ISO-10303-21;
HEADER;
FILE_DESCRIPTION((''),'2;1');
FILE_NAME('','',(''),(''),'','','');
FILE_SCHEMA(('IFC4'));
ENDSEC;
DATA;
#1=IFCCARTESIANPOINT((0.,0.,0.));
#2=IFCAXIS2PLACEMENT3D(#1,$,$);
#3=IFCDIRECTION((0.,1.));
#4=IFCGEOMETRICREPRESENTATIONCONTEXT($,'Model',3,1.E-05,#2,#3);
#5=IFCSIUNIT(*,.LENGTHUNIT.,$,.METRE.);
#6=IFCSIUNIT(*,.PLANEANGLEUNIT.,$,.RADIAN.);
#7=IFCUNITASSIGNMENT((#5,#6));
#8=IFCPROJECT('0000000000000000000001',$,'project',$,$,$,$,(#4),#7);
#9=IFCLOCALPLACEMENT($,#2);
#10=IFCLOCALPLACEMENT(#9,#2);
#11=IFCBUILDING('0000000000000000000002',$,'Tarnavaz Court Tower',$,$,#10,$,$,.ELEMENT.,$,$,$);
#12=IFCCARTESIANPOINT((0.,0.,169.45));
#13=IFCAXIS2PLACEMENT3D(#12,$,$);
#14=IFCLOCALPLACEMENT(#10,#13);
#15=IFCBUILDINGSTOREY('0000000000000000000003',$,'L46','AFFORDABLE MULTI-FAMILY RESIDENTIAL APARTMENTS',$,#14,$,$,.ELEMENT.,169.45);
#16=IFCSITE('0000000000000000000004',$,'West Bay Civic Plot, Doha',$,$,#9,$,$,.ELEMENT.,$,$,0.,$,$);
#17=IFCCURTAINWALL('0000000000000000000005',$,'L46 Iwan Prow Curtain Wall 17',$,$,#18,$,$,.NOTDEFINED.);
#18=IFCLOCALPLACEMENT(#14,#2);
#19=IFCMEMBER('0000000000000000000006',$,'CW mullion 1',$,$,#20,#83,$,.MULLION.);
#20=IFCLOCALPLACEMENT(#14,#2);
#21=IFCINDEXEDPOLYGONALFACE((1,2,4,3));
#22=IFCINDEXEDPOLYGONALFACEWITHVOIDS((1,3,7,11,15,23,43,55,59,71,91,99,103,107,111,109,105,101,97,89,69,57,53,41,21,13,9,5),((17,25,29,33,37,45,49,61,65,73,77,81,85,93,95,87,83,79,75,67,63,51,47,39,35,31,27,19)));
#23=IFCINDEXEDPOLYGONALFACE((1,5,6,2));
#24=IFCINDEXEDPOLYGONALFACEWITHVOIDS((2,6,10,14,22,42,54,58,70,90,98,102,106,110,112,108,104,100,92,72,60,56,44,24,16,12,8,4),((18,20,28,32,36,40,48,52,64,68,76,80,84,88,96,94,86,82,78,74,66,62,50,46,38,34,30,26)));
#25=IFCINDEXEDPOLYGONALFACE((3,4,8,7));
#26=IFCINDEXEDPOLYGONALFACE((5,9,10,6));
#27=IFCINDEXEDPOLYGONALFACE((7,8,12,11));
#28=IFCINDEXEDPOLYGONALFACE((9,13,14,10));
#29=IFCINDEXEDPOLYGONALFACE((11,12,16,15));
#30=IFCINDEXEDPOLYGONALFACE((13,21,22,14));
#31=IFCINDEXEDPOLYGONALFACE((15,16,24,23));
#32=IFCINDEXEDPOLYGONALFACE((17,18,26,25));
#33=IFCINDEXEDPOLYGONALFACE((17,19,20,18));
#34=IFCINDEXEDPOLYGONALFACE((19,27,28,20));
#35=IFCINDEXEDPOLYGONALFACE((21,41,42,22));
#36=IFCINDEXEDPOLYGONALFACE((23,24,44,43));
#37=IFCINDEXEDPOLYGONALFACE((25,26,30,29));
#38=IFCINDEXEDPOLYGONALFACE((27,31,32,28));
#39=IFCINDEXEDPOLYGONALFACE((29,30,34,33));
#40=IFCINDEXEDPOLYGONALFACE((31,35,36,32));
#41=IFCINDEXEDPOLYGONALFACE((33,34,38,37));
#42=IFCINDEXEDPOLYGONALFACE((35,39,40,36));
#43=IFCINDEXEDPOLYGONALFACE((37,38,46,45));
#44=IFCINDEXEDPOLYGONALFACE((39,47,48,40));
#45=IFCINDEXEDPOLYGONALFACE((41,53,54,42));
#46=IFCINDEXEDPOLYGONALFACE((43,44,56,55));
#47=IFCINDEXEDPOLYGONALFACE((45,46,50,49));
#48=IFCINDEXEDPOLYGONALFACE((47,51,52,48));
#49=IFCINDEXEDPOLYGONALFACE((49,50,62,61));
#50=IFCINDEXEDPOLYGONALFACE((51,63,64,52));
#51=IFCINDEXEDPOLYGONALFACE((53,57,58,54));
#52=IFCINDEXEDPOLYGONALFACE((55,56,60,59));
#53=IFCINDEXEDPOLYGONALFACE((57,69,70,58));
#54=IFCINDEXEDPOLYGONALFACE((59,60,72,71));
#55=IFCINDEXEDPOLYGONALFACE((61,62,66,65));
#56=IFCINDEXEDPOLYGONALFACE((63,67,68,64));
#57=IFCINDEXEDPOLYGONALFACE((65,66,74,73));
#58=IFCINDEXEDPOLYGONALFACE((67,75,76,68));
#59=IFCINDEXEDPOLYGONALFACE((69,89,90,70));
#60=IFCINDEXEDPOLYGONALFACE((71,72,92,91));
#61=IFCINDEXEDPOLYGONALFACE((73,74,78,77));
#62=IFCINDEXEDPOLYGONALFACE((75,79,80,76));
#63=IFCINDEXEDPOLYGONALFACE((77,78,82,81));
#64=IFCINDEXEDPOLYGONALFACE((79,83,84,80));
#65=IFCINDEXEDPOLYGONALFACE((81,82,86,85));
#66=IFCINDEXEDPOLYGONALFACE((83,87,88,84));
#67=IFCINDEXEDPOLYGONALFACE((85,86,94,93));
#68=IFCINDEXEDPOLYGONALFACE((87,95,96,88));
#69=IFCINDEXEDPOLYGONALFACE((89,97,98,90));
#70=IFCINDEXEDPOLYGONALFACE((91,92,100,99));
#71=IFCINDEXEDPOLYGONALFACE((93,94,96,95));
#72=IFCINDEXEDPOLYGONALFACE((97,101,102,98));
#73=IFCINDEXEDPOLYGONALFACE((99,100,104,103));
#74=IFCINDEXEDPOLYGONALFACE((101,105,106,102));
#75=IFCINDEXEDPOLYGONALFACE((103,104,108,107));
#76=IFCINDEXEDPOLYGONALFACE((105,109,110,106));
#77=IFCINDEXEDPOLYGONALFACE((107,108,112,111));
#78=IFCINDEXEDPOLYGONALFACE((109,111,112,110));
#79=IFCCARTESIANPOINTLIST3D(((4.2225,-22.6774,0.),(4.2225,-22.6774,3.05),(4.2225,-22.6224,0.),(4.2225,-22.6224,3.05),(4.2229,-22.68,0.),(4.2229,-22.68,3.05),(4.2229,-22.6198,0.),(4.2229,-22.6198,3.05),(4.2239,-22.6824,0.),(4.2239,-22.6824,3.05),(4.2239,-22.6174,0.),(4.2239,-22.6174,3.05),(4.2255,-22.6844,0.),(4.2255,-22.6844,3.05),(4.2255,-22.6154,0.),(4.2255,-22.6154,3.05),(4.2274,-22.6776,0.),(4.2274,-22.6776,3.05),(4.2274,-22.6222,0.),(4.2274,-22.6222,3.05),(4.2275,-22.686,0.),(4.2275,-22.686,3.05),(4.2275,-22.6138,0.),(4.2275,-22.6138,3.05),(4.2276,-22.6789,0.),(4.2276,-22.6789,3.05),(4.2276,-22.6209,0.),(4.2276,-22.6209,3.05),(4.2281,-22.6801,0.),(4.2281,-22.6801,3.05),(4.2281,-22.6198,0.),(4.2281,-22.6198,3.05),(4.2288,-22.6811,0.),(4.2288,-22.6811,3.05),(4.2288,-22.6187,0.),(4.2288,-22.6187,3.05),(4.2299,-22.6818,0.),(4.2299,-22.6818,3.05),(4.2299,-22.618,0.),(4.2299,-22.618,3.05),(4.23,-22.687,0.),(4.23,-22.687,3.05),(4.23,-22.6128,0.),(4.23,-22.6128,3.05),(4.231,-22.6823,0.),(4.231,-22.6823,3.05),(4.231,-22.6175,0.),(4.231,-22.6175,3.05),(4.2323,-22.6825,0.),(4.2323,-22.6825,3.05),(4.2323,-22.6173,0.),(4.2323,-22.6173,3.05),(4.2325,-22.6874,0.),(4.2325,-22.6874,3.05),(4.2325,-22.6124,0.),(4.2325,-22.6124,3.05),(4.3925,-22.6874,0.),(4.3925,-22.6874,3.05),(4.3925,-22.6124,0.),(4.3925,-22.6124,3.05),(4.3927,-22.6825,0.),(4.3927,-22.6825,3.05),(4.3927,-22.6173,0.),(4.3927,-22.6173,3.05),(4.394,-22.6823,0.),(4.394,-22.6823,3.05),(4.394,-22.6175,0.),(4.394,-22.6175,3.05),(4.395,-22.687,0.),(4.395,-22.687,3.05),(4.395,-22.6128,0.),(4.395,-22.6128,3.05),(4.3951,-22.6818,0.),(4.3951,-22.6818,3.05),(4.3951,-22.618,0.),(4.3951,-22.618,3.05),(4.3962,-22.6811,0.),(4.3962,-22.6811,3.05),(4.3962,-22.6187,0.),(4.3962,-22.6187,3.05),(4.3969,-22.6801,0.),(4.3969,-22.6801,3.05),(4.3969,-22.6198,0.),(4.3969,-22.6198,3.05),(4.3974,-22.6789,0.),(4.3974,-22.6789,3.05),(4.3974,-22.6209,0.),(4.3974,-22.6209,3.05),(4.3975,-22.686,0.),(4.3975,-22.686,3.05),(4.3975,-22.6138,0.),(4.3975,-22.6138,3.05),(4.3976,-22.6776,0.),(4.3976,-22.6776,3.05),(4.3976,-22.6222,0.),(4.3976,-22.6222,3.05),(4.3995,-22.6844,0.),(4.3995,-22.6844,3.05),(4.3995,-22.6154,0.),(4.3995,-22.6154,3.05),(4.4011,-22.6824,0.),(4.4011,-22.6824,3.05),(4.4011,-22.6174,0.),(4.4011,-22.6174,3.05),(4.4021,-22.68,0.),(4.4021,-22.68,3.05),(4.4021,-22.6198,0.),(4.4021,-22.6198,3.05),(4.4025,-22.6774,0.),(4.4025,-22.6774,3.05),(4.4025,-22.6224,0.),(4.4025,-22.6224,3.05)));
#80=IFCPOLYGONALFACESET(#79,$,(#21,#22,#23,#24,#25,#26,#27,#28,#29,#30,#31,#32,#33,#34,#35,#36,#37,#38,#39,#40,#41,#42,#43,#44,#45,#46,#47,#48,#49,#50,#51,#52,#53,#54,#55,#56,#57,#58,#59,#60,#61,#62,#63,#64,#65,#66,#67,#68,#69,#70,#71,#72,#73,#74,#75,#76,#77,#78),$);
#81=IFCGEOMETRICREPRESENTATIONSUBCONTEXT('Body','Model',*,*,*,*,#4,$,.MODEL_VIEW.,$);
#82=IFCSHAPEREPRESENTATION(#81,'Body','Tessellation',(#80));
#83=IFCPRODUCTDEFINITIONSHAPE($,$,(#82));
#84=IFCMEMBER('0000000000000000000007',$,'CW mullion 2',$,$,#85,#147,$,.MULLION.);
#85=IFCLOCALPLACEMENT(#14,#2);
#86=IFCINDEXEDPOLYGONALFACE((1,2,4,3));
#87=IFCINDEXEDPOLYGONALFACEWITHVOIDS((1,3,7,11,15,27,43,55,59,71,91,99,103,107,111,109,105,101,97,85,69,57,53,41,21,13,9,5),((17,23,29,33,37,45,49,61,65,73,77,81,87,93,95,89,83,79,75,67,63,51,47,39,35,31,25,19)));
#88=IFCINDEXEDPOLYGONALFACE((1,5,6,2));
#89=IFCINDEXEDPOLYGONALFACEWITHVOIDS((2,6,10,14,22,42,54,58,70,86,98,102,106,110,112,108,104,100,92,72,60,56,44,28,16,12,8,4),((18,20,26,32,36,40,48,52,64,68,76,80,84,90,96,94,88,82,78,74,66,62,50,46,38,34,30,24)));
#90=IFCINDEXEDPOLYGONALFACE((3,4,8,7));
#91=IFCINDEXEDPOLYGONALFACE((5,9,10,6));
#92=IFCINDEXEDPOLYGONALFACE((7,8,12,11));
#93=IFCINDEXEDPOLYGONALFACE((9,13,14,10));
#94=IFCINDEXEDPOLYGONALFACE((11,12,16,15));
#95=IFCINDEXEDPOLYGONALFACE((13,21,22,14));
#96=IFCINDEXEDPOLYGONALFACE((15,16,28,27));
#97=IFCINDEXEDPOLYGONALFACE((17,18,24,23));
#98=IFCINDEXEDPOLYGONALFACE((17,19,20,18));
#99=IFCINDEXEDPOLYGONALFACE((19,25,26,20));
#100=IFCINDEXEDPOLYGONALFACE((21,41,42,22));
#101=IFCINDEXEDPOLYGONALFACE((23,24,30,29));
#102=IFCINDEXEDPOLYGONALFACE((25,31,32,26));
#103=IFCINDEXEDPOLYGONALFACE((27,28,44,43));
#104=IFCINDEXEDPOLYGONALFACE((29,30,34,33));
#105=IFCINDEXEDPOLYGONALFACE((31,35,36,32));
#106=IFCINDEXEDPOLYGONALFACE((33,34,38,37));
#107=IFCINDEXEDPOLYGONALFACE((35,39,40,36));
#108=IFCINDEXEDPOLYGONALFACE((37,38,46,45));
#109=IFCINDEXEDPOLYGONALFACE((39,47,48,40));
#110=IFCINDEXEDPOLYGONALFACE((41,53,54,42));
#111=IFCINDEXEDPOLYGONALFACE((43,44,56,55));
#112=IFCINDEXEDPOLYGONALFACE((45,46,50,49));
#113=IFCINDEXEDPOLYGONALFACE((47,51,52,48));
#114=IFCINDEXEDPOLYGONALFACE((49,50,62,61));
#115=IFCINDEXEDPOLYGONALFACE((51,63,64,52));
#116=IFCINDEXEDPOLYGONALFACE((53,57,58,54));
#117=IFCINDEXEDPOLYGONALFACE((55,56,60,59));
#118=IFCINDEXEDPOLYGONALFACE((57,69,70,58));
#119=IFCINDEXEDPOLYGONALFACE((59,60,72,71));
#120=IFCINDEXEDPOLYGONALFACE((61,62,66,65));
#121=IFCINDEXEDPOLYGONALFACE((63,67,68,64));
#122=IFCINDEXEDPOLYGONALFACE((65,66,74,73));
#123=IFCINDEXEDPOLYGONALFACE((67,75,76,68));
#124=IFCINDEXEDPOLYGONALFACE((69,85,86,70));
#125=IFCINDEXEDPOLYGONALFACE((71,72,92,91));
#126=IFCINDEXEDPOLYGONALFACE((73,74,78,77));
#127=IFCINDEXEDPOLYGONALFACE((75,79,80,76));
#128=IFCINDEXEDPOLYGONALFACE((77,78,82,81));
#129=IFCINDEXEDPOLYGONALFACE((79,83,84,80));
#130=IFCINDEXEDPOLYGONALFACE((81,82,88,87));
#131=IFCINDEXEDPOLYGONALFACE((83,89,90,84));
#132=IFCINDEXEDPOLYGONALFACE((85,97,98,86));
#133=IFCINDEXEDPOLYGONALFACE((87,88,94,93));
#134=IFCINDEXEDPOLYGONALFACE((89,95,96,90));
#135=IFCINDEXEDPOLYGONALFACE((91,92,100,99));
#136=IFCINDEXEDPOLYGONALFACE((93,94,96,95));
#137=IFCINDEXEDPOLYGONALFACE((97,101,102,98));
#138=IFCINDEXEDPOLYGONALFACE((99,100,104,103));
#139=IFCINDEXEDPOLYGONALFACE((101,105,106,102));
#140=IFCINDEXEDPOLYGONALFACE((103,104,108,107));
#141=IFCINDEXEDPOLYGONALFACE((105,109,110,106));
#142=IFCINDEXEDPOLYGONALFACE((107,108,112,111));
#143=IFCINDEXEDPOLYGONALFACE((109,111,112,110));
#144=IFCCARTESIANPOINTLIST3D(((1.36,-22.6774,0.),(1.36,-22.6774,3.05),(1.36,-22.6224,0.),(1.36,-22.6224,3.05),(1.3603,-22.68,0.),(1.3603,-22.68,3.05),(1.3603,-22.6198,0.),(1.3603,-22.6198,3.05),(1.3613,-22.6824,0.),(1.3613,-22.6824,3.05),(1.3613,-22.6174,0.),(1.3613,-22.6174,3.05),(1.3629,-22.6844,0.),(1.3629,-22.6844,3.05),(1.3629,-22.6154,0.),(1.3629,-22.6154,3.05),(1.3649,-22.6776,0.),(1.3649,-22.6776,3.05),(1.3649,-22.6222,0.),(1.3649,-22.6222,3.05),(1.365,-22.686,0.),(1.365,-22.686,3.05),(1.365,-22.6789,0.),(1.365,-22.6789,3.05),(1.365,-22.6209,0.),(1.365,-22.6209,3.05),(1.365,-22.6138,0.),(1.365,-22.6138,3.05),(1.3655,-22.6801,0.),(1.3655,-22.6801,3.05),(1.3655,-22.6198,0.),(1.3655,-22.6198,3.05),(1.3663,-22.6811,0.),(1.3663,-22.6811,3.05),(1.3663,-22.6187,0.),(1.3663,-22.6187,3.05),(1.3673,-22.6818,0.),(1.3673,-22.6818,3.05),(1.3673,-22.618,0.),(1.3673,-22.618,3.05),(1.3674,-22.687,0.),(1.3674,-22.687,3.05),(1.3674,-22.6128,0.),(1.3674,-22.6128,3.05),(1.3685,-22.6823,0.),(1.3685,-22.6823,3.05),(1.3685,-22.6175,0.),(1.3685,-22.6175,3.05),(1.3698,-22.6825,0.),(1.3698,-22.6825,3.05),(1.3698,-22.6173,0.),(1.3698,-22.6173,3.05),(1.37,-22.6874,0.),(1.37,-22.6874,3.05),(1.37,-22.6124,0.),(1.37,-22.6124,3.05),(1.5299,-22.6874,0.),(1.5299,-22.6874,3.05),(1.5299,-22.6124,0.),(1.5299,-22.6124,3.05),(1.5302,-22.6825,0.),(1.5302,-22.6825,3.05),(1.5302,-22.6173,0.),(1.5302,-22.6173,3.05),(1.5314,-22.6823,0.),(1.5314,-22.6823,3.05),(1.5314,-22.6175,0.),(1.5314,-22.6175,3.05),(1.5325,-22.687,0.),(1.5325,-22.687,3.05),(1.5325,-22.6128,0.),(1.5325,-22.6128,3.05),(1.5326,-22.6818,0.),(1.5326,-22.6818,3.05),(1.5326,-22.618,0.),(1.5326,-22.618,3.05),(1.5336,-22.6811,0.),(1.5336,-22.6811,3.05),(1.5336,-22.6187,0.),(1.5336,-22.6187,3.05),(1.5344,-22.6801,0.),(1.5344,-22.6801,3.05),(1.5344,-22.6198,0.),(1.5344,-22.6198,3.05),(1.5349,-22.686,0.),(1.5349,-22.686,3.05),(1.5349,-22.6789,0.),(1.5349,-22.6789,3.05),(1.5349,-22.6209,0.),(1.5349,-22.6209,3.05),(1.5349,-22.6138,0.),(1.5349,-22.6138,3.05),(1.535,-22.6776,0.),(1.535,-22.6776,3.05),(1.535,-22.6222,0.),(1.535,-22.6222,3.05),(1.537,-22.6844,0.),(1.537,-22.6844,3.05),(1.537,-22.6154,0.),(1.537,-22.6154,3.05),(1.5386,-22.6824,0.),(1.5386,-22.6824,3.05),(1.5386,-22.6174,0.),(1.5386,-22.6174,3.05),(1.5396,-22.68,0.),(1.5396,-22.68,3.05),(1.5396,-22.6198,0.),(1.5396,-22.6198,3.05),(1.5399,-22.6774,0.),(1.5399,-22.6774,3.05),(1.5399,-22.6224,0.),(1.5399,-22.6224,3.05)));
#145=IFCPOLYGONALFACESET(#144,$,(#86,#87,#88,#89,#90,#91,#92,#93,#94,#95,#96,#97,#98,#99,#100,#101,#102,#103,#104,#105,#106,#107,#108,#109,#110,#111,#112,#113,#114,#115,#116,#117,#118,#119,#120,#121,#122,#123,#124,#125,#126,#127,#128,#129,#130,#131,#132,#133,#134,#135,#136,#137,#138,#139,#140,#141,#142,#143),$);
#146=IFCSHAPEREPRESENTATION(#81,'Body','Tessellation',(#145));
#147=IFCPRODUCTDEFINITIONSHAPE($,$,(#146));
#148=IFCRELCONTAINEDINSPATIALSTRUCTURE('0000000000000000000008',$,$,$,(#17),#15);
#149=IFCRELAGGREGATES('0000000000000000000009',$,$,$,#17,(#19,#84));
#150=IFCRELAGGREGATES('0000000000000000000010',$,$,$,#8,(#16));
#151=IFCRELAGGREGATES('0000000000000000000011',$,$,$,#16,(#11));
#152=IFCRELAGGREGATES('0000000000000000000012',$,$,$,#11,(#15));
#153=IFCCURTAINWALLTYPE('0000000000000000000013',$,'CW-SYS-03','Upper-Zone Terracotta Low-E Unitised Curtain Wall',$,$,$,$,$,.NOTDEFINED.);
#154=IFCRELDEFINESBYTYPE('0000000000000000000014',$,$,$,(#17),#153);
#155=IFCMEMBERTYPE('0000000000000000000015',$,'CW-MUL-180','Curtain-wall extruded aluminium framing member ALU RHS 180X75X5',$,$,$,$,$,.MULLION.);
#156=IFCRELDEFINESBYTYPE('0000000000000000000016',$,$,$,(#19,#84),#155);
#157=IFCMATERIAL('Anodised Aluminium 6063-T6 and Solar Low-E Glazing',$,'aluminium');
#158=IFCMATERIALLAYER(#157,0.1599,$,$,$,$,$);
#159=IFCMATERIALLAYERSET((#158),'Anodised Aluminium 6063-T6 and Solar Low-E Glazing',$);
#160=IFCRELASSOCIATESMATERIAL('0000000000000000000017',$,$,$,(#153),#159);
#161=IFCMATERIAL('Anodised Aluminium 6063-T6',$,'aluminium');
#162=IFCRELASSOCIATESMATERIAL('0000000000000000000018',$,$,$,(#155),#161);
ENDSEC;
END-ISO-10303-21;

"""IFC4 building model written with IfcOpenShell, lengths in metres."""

from ifc_helpers import new_model, si_unit, direction, frame, origin, origin_2d, place, context, subcontext, project, spatial, hollow_rectangle, extrude, material, layer, layer_set, material_profile, profile_set, type_object, element, aggregate, save


model = new_model("IFC4")

# Units and contexts
model_context = context("Model", 3, precision=1e-05, world=origin(), true_north=direction((0.0, 1.0)))
body_context = subcontext(model_context, "Body", "Model", "MODEL_VIEW")
ifc_project = project(units=[si_unit("LENGTHUNIT", "METRE"), si_unit("PLANEANGLEUNIT", "RADIAN")], contexts=[model_context])

# Site, building, storey
site_placement = place(None, origin())
site = spatial("IfcSite", under=ifc_project, at=site_placement, Name="West Bay Civic Plot, Doha", CompositionType="ELEMENT", RefElevation=0.0)
building_placement = place(site_placement, origin())
building = spatial("IfcBuilding", under=site, at=building_placement, Name="Tarnavaz Court Tower", CompositionType="ELEMENT")
storey_placement = place(building_placement, frame((0.0, 0.0, 169.45)))
storey = spatial("IfcBuildingStorey", under=building, at=storey_placement, Name="L46", Description="AFFORDABLE MULTI-FAMILY RESIDENTIAL APARTMENTS", CompositionType="ELEMENT", Elevation=169.45)

# Curtain wall, members
ifc_material_1 = material(Name="Anodised Aluminium 6063-T6 and Solar Low-E Glazing", Category="aluminium")
ifc_layer_1 = layer(ifc_material_1, 0.1599)
ifc_layer_set_1 = layer_set([ifc_layer_1], Name="Anodised Aluminium 6063-T6 and Solar Low-E Glazing")
curtain_wall_type = type_object("IfcCurtainWallType", Name="CW-SYS-03", Description="Upper-Zone Terracotta Low-E Unitised Curtain Wall", PredefinedType="NOTDEFINED", material=ifc_layer_set_1)
curtain_wall_placement = place(storey_placement, origin())
curtain_wall = element("IfcCurtainWall", 1, at=curtain_wall_placement, inside=storey, type_object=curtain_wall_type, Name="L46 Iwan Prow Curtain Wall 17", PredefinedType="NOTDEFINED")
ifc_material_2 = material(Name="Anodised Aluminium 6063-T6", Category="aluminium")
ifc_material_profile_1 = material_profile(ifc_material_2, hollow_rectangle(XDim=0.075, YDim=0.1799, WallThickness=0.0049, InnerFilletRadius=0.0049, OuterFilletRadius=0.01, at=origin_2d()), Name="ALU RHS 180X75X5")
ifc_profile_set_1 = profile_set([ifc_material_profile_1], Name="Anodised Aluminium 6063-T6")
member_type_1 = type_object("IfcMemberType", Name="CW-MUL-180", Description="Curtain-wall extruded aluminium framing member ALU RHS 180X75X5", PredefinedType="MULLION", material=ifc_profile_set_1)
member_1_placement = place(storey_placement, frame((4.3125, -22.6499, 0.0), z_axis=(0.0, 0.0, 1.0), x_axis=(0.0, -1.0, 0.0)))
member_1 = element("IfcMember", 2, at=member_1_placement, type_object=member_type_1, Name="CW mullion 1", PredefinedType="MULLION", context=body_context, shape_type="SweptSolid", body=[
    extrude(hollow_rectangle(XDim=0.075, YDim=0.1799, WallThickness=0.0049, InnerFilletRadius=0.0049, OuterFilletRadius=0.01, at=origin_2d()), origin(), (0.0, 0.0, 1.0), 3.05),
])
member_2_placement = place(storey_placement, frame((1.45, -22.6499, 0.0), z_axis=(0.0, 0.0, 1.0), x_axis=(0.0, -1.0, 0.0)))
member_2 = element("IfcMember", 3, at=member_2_placement, type_object=member_type_1, Name="CW mullion 2", PredefinedType="MULLION", context=body_context, shape_type="SweptSolid", body=[
    extrude(hollow_rectangle(XDim=0.075, YDim=0.1799, WallThickness=0.0049, InnerFilletRadius=0.0049, OuterFilletRadius=0.01, at=origin_2d()), origin(), (0.0, 0.0, 1.0), 3.05),
])
aggregate(curtain_wall, [member_1, member_2])

save(model, "model.ifc")
